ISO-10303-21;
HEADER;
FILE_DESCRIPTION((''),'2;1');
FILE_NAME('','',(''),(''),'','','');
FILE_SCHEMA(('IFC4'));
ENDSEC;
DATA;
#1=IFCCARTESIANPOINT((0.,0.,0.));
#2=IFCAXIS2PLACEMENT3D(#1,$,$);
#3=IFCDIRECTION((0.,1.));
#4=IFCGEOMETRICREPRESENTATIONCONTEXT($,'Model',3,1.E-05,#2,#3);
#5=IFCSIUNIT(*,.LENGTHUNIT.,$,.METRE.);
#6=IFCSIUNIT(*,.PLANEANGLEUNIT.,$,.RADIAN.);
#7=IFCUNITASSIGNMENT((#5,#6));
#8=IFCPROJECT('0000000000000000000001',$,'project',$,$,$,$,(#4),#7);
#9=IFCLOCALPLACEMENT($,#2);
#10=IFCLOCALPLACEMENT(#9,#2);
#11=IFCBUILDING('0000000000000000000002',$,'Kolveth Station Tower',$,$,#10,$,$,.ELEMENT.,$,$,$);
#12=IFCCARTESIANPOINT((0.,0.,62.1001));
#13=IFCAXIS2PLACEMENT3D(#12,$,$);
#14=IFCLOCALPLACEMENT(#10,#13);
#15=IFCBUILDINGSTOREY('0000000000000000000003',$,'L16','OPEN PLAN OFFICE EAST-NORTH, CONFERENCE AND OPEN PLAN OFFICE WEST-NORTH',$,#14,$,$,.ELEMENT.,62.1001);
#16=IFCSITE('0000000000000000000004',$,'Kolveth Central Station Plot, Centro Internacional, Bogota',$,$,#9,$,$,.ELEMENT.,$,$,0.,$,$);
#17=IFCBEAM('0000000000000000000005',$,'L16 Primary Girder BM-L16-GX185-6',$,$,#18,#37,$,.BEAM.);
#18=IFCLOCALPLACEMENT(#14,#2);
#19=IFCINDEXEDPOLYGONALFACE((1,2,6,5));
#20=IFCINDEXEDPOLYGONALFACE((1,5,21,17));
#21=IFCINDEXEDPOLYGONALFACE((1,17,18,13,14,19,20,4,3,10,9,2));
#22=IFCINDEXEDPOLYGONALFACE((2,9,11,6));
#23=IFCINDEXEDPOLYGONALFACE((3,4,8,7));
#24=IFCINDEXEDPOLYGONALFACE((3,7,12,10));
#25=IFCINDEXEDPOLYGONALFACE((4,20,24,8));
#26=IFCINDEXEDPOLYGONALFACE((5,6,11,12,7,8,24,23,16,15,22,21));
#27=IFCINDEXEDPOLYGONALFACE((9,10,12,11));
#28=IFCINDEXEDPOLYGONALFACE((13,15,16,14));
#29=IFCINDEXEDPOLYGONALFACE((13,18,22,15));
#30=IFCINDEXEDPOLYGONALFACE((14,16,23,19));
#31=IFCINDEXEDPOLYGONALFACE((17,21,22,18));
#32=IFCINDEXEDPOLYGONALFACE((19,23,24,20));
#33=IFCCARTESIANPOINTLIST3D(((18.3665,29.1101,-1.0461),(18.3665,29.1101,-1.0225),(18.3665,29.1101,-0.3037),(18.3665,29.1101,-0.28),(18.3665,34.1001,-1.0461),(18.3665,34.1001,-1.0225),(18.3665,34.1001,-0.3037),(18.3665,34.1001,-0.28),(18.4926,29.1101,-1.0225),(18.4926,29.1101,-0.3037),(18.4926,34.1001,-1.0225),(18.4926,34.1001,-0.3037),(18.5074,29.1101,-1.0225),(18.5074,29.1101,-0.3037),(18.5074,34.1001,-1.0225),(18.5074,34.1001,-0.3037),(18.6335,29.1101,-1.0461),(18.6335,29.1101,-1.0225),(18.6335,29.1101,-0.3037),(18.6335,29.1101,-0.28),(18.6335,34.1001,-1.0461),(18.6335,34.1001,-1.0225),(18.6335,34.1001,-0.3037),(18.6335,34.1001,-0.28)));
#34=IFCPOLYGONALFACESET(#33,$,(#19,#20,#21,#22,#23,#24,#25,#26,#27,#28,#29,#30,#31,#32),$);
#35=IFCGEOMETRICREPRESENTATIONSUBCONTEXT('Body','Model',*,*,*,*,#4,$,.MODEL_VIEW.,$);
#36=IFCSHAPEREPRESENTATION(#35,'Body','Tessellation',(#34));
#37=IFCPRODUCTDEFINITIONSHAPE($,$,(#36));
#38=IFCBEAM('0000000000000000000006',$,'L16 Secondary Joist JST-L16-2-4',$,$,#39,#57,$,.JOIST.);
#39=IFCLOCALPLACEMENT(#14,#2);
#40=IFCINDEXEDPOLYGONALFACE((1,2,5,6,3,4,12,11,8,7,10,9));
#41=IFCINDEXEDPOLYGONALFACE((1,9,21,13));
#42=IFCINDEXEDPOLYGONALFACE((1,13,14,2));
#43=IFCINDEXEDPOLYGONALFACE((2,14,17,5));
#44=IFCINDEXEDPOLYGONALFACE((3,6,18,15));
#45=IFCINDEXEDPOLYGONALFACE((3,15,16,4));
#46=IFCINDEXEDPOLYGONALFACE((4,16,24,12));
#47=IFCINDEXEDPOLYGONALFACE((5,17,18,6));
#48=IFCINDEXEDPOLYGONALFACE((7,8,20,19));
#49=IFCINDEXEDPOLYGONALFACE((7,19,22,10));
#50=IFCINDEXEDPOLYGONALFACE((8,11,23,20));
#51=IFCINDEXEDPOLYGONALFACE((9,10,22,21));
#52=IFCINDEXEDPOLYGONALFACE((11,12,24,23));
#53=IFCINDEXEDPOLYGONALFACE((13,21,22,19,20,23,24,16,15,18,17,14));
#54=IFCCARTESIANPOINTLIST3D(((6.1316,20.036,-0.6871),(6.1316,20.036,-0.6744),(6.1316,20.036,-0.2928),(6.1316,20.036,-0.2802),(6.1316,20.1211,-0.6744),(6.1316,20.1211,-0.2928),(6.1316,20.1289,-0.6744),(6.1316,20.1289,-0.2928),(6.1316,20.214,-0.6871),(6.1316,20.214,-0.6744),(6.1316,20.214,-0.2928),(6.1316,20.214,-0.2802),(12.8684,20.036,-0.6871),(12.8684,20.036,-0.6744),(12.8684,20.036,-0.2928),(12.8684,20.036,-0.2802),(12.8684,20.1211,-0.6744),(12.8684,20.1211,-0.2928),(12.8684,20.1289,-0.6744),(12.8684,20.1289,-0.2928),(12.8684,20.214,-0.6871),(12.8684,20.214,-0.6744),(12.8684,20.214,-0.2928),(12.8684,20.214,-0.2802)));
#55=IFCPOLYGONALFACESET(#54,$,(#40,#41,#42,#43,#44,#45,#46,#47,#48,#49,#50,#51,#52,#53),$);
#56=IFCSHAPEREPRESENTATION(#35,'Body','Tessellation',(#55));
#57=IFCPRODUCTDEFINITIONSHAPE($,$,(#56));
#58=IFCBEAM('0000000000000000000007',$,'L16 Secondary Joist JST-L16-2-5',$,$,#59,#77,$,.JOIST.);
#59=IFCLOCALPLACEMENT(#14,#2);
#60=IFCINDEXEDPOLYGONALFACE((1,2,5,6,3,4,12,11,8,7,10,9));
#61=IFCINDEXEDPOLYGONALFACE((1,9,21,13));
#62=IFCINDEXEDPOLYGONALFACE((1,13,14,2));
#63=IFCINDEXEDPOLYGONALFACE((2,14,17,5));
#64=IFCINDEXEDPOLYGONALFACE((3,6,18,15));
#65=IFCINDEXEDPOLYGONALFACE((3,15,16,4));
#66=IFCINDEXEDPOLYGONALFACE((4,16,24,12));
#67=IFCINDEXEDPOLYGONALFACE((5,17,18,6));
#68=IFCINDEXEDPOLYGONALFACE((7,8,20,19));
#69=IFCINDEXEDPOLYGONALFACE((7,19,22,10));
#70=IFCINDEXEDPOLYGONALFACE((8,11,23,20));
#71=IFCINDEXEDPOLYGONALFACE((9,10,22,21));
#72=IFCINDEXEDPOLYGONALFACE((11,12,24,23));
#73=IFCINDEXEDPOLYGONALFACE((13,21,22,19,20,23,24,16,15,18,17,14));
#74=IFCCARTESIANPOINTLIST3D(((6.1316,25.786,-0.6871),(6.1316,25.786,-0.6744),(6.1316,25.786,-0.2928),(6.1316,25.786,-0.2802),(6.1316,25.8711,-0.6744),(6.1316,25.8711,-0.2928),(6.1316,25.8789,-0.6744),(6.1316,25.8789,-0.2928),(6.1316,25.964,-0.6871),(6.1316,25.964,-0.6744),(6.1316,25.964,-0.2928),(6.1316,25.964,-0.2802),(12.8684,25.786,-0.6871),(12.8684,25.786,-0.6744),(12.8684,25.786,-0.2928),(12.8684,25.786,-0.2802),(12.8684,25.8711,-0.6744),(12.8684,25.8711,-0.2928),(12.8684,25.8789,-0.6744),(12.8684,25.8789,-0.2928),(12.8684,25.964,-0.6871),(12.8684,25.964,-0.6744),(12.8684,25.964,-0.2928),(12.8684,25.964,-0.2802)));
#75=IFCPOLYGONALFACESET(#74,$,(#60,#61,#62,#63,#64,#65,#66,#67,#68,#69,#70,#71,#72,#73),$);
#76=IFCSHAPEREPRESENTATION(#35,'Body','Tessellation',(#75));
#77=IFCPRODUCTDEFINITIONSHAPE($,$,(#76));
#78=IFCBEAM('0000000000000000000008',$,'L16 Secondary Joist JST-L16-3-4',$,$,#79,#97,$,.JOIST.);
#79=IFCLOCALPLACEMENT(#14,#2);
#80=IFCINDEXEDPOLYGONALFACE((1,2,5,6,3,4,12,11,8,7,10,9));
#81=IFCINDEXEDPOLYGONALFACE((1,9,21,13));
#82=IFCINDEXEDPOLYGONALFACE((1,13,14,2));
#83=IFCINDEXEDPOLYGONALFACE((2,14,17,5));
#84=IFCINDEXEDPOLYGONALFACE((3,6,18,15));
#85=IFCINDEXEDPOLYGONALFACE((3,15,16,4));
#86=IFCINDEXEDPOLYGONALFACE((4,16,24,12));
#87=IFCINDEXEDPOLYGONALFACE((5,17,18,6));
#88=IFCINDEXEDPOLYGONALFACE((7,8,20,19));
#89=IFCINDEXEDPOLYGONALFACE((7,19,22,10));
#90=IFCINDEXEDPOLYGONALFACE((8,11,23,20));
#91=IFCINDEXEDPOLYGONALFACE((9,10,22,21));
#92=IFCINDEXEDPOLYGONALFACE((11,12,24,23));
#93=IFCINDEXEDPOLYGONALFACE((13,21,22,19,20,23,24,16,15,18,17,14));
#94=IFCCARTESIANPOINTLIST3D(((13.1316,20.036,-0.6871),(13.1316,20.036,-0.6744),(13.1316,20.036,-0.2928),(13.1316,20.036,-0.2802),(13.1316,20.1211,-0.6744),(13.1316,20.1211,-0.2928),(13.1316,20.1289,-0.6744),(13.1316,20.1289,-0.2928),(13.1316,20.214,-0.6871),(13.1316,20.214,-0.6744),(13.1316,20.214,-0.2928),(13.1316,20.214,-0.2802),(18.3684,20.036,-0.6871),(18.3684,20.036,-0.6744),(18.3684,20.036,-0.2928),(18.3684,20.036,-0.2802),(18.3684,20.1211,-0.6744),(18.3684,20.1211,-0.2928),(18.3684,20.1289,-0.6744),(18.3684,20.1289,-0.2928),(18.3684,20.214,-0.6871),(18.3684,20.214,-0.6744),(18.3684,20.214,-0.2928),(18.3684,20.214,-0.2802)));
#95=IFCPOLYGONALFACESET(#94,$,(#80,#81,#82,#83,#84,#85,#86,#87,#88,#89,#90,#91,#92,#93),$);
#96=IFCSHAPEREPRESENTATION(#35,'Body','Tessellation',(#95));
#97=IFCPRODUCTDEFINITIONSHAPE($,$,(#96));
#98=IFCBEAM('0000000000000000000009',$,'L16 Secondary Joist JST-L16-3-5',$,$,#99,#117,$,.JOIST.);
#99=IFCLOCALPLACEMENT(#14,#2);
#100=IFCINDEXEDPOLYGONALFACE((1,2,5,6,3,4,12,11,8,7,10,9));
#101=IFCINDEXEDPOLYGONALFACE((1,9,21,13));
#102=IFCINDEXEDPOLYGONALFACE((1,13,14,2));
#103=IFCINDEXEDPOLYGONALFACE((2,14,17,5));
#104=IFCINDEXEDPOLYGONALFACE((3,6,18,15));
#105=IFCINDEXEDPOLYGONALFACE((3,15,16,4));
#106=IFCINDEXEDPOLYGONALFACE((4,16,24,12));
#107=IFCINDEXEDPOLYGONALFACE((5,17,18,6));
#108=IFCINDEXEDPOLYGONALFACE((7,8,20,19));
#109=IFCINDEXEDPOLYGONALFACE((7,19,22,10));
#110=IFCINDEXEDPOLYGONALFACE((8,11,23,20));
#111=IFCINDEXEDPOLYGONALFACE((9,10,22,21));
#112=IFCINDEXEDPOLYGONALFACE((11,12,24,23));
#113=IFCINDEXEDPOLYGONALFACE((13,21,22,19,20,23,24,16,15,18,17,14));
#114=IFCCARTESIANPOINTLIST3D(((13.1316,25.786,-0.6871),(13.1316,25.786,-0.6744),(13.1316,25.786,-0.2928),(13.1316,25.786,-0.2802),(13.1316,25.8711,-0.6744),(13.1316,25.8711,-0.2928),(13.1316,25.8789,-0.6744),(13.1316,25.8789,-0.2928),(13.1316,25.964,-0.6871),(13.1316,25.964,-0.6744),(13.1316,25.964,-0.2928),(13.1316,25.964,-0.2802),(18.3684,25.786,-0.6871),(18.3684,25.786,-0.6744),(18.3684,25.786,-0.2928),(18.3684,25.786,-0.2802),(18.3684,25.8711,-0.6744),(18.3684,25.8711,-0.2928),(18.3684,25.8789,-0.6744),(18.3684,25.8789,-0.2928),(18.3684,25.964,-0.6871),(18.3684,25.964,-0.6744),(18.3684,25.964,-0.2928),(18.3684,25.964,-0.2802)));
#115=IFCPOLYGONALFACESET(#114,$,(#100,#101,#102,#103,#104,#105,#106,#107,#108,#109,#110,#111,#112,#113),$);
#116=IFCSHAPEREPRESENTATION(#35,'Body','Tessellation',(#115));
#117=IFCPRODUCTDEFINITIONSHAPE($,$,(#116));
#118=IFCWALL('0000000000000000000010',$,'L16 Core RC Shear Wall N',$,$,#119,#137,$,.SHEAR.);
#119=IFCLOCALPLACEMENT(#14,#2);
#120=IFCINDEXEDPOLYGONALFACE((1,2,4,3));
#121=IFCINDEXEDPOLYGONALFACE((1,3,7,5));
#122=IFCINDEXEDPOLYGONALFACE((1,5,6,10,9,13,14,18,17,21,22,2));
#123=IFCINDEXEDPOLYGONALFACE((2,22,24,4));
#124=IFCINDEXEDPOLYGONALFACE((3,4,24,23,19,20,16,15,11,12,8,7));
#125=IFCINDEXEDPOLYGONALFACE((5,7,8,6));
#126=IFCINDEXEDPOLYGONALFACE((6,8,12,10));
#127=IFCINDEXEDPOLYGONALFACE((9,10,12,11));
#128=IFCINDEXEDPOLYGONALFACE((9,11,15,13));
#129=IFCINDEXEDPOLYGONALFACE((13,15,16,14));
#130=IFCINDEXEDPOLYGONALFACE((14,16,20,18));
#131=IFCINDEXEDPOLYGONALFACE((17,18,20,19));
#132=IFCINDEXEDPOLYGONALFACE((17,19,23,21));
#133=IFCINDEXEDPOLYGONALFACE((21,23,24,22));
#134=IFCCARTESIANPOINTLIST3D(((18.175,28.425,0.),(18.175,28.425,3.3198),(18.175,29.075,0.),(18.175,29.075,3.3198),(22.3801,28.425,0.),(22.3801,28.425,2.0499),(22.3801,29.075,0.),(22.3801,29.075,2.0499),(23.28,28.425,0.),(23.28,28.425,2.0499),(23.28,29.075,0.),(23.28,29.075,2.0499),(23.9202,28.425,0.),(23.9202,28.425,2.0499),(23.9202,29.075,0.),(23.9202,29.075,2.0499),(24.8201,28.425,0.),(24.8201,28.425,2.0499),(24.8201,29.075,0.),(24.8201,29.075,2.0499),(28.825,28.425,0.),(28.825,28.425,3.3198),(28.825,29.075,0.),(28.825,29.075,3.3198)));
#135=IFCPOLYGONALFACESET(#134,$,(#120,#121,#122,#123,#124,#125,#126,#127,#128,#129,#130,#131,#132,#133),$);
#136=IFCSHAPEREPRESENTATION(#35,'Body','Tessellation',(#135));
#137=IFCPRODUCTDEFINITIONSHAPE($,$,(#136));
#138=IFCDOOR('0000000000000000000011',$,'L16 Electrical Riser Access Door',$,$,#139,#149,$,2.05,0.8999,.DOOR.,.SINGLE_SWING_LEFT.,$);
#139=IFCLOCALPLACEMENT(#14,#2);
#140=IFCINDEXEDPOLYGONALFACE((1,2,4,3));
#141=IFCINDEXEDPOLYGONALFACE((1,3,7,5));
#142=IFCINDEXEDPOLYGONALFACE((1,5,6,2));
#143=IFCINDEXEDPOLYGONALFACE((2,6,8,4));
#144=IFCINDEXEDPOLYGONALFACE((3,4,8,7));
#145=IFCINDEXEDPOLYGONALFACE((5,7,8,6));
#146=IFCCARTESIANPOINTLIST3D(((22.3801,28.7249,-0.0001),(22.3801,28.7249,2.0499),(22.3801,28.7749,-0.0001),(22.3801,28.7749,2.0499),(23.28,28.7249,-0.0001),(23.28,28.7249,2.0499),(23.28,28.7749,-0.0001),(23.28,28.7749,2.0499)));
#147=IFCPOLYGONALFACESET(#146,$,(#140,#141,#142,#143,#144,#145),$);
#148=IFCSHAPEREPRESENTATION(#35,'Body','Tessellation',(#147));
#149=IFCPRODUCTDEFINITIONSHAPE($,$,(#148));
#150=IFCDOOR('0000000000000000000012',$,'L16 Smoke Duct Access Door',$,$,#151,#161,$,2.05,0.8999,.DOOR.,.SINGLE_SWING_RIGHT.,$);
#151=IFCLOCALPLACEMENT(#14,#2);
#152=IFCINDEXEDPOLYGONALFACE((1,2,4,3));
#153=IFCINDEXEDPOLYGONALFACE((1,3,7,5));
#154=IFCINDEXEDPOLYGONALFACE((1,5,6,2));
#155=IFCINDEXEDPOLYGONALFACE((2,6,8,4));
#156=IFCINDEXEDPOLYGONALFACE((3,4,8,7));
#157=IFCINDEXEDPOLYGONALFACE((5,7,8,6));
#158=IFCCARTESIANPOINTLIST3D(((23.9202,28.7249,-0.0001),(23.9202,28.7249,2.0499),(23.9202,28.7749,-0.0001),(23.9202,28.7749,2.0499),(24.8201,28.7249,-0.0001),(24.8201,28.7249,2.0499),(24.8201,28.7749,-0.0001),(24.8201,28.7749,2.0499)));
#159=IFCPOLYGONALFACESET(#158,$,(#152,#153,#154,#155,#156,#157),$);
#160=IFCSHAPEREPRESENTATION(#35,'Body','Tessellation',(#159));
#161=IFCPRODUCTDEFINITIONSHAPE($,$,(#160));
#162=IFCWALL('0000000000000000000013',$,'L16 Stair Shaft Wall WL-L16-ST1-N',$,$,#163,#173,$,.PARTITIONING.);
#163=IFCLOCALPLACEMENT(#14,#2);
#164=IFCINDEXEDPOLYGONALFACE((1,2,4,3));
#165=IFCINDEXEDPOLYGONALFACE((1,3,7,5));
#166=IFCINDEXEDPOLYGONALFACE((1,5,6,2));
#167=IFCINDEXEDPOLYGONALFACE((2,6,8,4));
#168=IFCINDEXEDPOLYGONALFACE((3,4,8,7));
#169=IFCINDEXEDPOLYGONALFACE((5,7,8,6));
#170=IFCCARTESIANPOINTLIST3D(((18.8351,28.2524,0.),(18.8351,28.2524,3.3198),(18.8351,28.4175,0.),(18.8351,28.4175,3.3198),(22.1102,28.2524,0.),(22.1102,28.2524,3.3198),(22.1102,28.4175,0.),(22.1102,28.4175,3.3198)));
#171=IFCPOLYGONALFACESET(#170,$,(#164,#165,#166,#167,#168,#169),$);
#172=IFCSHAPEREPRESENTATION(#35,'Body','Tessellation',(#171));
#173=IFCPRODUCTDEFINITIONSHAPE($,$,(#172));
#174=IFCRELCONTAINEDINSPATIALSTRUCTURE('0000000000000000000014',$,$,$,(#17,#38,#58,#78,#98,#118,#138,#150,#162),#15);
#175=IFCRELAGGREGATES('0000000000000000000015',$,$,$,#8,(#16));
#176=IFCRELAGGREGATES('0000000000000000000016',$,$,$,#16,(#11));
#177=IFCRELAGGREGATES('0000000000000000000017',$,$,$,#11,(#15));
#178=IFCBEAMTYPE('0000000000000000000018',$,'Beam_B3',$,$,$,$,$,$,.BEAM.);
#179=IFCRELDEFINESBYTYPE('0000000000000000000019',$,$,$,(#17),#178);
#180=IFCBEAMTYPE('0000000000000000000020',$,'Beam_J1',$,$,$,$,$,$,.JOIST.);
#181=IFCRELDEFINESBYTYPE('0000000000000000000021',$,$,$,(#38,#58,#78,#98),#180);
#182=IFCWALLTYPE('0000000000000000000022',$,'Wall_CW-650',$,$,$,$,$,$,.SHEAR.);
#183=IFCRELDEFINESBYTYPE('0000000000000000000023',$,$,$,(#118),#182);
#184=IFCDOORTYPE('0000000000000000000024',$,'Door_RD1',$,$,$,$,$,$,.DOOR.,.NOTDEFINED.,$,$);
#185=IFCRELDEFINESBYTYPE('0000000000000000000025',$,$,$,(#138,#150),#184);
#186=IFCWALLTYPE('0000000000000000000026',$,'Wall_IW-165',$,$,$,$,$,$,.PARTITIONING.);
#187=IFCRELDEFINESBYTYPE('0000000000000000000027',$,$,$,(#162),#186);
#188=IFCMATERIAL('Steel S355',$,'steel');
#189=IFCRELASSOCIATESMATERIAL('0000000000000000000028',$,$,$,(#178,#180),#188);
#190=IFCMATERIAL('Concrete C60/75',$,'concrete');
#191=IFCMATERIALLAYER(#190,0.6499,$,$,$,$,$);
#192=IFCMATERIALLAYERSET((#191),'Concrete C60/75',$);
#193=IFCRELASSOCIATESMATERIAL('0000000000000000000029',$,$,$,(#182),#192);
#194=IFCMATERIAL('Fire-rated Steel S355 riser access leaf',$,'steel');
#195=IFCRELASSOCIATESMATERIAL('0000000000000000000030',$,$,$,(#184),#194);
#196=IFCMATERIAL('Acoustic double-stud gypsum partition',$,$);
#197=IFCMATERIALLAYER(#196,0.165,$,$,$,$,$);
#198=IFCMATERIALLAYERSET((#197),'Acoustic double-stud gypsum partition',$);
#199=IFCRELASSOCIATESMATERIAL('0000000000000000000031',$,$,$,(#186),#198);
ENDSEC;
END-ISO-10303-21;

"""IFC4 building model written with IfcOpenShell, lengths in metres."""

from ifc_helpers import new_model, si_unit, direction, frame, frame_2d, origin, origin_2d, place, context, subcontext, project, spatial, rectangle, i_section, extrude, source, transform, mapped, material, layer, layer_set, material_profile, profile_set, type_object, element, fill, save


model = new_model("IFC4")

# Units and contexts
model_context = context("Model", 3, precision=1e-05, world=origin(), true_north=direction((0.0, 1.0)))
body_context = subcontext(model_context, "Body", "Model", "MODEL_VIEW")
ifc_project = project(units=[si_unit("LENGTHUNIT", "METRE"), si_unit("PLANEANGLEUNIT", "RADIAN")], contexts=[model_context])

# Site, building, storey
site_placement = place(None, origin())
site = spatial("IfcSite", under=ifc_project, at=site_placement, Name="Kolveth Central Station Plot, Centro Internacional, Bogota", CompositionType="ELEMENT", RefElevation=0.0)
building_placement = place(site_placement, origin())
building = spatial("IfcBuilding", under=site, at=building_placement, Name="Kolveth Station Tower", CompositionType="ELEMENT")
storey_placement = place(building_placement, frame((0.0, 0.0, 62.1001)))
storey = spatial("IfcBuildingStorey", under=building, at=storey_placement, Name="L16", Description="OPEN PLAN OFFICE EAST-NORTH, CONFERENCE AND OPEN PLAN OFFICE WEST-NORTH", CompositionType="ELEMENT", Elevation=62.1001)

# Beams
ifc_material_1 = material(Name="Steel S355", Category="steel")
ifc_material_profile_1 = material_profile(ifc_material_1, i_section(OverallWidth=0.2671, OverallDepth=0.7661, WebThickness=0.0149, FlangeThickness=0.0237, at=origin_2d()), Name="W760x185")
ifc_profile_set_1 = profile_set([ifc_material_profile_1], Name="Steel S355")
beam_type_1 = type_object("IfcBeamType", Name="Beam_B3", PredefinedType="BEAM", material=ifc_profile_set_1)
shared_shape_1 = source(origin(), body_context, "Body", "SweptSolid", [
    extrude(i_section(OverallWidth=0.2671, OverallDepth=0.7661, WebThickness=0.0149, FlangeThickness=0.0237, at=origin_2d()), origin(), (0.0, 0.0, 1.0), 4.99),
])
beam_1_placement = place(storey_placement, frame((18.5, 29.1101, -0.6631), z_axis=(0.0, 1.0, 0.0), x_axis=(-1.0, 0.0, 0.0)))
element("IfcBeam", 1, at=beam_1_placement, inside=storey, type_object=beam_type_1, Name="L16 Primary Girder BM-L16-GX185-6", PredefinedType="BEAM", context=body_context, shape_type="MappedRepresentation", body=[
    mapped(shared_shape_1, transform((0.0, 0.0, 0.0), x_axis=(1.0, 0.0, 0.0), y_axis=(0.0, 1.0, 0.0), z_axis=(0.0, 0.0, 1.0), scale=1.0)),
])
ifc_material_profile_2 = material_profile(ifc_material_1, i_section(OverallWidth=0.178, OverallDepth=0.407, WebThickness=0.0078, FlangeThickness=0.0127, at=origin_2d()), Name="W410x60")
ifc_profile_set_2 = profile_set([ifc_material_profile_2], Name="Steel S355")
beam_type_2 = type_object("IfcBeamType", Name="Beam_J1", PredefinedType="JOIST", material=ifc_profile_set_2)
shared_shape_2 = source(origin(), body_context, "Body", "SweptSolid", [
    extrude(i_section(OverallWidth=0.178, OverallDepth=0.407, WebThickness=0.0078, FlangeThickness=0.0127, at=origin_2d()), origin(), (0.0, 0.0, 1.0), 6.7368),
])
for number, where, z_axis, x_axis, name in (
    (2, (6.1316, 20.125, -0.4836), (1.0, 0.0, 0.0), (0.0, 1.0, 0.0), "L16 Secondary Joist JST-L16-2-4"),
    (3, (6.1316, 25.875, -0.4836), (1.0, 0.0, 0.0), (0.0, 1.0, 0.0), "L16 Secondary Joist JST-L16-2-5"),
):
    element("IfcBeam", number, at=place(storey_placement, frame(where, z_axis=z_axis, x_axis=x_axis)), inside=storey, type_object=beam_type_2, Name=name, PredefinedType="JOIST", context=body_context, shape_type="MappedRepresentation", body=[
        mapped(shared_shape_2, transform((0.0, 0.0, 0.0), x_axis=(1.0, 0.0, 0.0), y_axis=(0.0, 1.0, 0.0), z_axis=(0.0, 0.0, 1.0), scale=1.0)),
    ])
shared_shape_3 = source(origin(), body_context, "Body", "SweptSolid", [
    extrude(i_section(OverallWidth=0.178, OverallDepth=0.407, WebThickness=0.0078, FlangeThickness=0.0127, at=origin_2d()), origin(), (0.0, 0.0, 1.0), 5.2368),
])
for number, where, z_axis, x_axis, name in (
    (4, (13.1316, 20.125, -0.4836), (1.0, 0.0, 0.0), (0.0, 1.0, 0.0), "L16 Secondary Joist JST-L16-3-4"),
    (5, (13.1316, 25.875, -0.4836), (1.0, 0.0, 0.0), (0.0, 1.0, 0.0), "L16 Secondary Joist JST-L16-3-5"),
):
    element("IfcBeam", number, at=place(storey_placement, frame(where, z_axis=z_axis, x_axis=x_axis)), inside=storey, type_object=beam_type_2, Name=name, PredefinedType="JOIST", context=body_context, shape_type="MappedRepresentation", body=[
        mapped(shared_shape_3, transform((0.0, 0.0, 0.0), x_axis=(1.0, 0.0, 0.0), y_axis=(0.0, 1.0, 0.0), z_axis=(0.0, 0.0, 1.0), scale=1.0)),
    ])

# Wall, openings, doors
ifc_material_2 = material(Name="Concrete C60/75", Category="concrete")
ifc_layer_1 = layer(ifc_material_2, 0.6499)
ifc_layer_set_1 = layer_set([ifc_layer_1], Name="Concrete C60/75")
wall_type_1 = type_object("IfcWallType", Name="Wall_CW-650", PredefinedType="SHEAR", material=ifc_layer_set_1)
wall_1_placement = place(storey_placement, frame((18.175, 28.75, 0.0), z_axis=(0.0, 0.0, 1.0), x_axis=(1.0, 0.0, 0.0)))
wall_1 = element("IfcWall", 6, at=wall_1_placement, inside=storey, type_object=wall_type_1, Name="L16 Core RC Shear Wall N", PredefinedType="SHEAR", context=body_context, shape_type="SweptSolid", body=[
    extrude(rectangle(XDim=10.6499, YDim=0.6499, at=frame_2d((5.325, 0.0))), origin(), (0.0, 0.0, 1.0), 3.3198),
])
opening_1_placement = place(wall_1_placement, frame((4.2051, 0.0, 0.0)))
opening_1 = element("IfcOpeningElement", 7, at=opening_1_placement, cuts=wall_1, PredefinedType="OPENING", context=body_context, shape_type="SweptSolid", body=[
    extrude(rectangle(XDim=0.8999, YDim=2.05, at=frame_2d((0.45, 1.0249))), frame((0.0, 0.335, 0.0), z_axis=(0.0, -1.0, 0.0), x_axis=(1.0, 0.0, 0.0)), (0.0, 0.0, 1.0), 0.6699),
])
opening_2_placement = place(wall_1_placement, frame((5.7451, 0.0, 0.0)))
opening_2 = element("IfcOpeningElement", 8, at=opening_2_placement, cuts=wall_1, PredefinedType="OPENING", context=body_context, shape_type="SweptSolid", body=[
    extrude(rectangle(XDim=0.8999, YDim=2.05, at=frame_2d((0.45, 1.0249))), frame((0.0, 0.335, 0.0), z_axis=(0.0, -1.0, 0.0), x_axis=(1.0, 0.0, 0.0)), (0.0, 0.0, 1.0), 0.6699),
])
ifc_material_3 = material(Name="Fire-rated Steel S355 riser access leaf", Category="steel")
door_type_1 = type_object("IfcDoorType", Name="Door_RD1", OperationType="NOTDEFINED", PredefinedType="DOOR", material=ifc_material_3)
door_1_placement = place(opening_1_placement, origin())
door_1 = element("IfcDoor", 9, at=door_1_placement, inside=storey, type_object=door_type_1, Name="L16 Electrical Riser Access Door", OperationType="SINGLE_SWING_LEFT", OverallHeight=2.05, OverallWidth=0.8999, PredefinedType="DOOR", context=body_context, shape_type="SweptSolid", body=[
    extrude(rectangle(XDim=0.8999, YDim=2.05, at=frame_2d((0.45, 1.0249))), frame((0.0, 0.0249, 0.0), z_axis=(0.0, -1.0, 0.0), x_axis=(1.0, 0.0, 0.0)), (0.0, 0.0, 1.0), 0.05),
])
fill(opening_1, door_1)
door_2_placement = place(opening_2_placement, origin())
door_2 = element("IfcDoor", 10, at=door_2_placement, inside=storey, type_object=door_type_1, Name="L16 Smoke Duct Access Door", OperationType="SINGLE_SWING_RIGHT", OverallHeight=2.05, OverallWidth=0.8999, PredefinedType="DOOR", context=body_context, shape_type="SweptSolid", body=[
    extrude(rectangle(XDim=0.8999, YDim=2.05, at=frame_2d((0.45, 1.0249))), frame((0.0, 0.0249, 0.0), z_axis=(0.0, -1.0, 0.0), x_axis=(1.0, 0.0, 0.0)), (0.0, 0.0, 1.0), 0.05),
])
fill(opening_2, door_2)

# Wall
ifc_material_4 = material(Name="Acoustic double-stud gypsum partition")
ifc_layer_2 = layer(ifc_material_4, 0.165)
ifc_layer_set_2 = layer_set([ifc_layer_2], Name="Acoustic double-stud gypsum partition")
wall_type_2 = type_object("IfcWallType", Name="Wall_IW-165", PredefinedType="PARTITIONING", material=ifc_layer_set_2)
wall_2_placement = place(storey_placement, frame((18.835, 28.335, 0.0), z_axis=(0.0, 0.0, 1.0), x_axis=(1.0, 0.0, 0.0)))
element("IfcWall", 11, at=wall_2_placement, inside=storey, type_object=wall_type_2, Name="L16 Stair Shaft Wall WL-L16-ST1-N", PredefinedType="PARTITIONING", context=body_context, shape_type="SweptSolid", body=[
    extrude(rectangle(XDim=3.2751, YDim=0.165, at=frame_2d((1.6377, 0.0))), origin(), (0.0, 0.0, 1.0), 3.3198),
])

save(model, "model.ifc")
